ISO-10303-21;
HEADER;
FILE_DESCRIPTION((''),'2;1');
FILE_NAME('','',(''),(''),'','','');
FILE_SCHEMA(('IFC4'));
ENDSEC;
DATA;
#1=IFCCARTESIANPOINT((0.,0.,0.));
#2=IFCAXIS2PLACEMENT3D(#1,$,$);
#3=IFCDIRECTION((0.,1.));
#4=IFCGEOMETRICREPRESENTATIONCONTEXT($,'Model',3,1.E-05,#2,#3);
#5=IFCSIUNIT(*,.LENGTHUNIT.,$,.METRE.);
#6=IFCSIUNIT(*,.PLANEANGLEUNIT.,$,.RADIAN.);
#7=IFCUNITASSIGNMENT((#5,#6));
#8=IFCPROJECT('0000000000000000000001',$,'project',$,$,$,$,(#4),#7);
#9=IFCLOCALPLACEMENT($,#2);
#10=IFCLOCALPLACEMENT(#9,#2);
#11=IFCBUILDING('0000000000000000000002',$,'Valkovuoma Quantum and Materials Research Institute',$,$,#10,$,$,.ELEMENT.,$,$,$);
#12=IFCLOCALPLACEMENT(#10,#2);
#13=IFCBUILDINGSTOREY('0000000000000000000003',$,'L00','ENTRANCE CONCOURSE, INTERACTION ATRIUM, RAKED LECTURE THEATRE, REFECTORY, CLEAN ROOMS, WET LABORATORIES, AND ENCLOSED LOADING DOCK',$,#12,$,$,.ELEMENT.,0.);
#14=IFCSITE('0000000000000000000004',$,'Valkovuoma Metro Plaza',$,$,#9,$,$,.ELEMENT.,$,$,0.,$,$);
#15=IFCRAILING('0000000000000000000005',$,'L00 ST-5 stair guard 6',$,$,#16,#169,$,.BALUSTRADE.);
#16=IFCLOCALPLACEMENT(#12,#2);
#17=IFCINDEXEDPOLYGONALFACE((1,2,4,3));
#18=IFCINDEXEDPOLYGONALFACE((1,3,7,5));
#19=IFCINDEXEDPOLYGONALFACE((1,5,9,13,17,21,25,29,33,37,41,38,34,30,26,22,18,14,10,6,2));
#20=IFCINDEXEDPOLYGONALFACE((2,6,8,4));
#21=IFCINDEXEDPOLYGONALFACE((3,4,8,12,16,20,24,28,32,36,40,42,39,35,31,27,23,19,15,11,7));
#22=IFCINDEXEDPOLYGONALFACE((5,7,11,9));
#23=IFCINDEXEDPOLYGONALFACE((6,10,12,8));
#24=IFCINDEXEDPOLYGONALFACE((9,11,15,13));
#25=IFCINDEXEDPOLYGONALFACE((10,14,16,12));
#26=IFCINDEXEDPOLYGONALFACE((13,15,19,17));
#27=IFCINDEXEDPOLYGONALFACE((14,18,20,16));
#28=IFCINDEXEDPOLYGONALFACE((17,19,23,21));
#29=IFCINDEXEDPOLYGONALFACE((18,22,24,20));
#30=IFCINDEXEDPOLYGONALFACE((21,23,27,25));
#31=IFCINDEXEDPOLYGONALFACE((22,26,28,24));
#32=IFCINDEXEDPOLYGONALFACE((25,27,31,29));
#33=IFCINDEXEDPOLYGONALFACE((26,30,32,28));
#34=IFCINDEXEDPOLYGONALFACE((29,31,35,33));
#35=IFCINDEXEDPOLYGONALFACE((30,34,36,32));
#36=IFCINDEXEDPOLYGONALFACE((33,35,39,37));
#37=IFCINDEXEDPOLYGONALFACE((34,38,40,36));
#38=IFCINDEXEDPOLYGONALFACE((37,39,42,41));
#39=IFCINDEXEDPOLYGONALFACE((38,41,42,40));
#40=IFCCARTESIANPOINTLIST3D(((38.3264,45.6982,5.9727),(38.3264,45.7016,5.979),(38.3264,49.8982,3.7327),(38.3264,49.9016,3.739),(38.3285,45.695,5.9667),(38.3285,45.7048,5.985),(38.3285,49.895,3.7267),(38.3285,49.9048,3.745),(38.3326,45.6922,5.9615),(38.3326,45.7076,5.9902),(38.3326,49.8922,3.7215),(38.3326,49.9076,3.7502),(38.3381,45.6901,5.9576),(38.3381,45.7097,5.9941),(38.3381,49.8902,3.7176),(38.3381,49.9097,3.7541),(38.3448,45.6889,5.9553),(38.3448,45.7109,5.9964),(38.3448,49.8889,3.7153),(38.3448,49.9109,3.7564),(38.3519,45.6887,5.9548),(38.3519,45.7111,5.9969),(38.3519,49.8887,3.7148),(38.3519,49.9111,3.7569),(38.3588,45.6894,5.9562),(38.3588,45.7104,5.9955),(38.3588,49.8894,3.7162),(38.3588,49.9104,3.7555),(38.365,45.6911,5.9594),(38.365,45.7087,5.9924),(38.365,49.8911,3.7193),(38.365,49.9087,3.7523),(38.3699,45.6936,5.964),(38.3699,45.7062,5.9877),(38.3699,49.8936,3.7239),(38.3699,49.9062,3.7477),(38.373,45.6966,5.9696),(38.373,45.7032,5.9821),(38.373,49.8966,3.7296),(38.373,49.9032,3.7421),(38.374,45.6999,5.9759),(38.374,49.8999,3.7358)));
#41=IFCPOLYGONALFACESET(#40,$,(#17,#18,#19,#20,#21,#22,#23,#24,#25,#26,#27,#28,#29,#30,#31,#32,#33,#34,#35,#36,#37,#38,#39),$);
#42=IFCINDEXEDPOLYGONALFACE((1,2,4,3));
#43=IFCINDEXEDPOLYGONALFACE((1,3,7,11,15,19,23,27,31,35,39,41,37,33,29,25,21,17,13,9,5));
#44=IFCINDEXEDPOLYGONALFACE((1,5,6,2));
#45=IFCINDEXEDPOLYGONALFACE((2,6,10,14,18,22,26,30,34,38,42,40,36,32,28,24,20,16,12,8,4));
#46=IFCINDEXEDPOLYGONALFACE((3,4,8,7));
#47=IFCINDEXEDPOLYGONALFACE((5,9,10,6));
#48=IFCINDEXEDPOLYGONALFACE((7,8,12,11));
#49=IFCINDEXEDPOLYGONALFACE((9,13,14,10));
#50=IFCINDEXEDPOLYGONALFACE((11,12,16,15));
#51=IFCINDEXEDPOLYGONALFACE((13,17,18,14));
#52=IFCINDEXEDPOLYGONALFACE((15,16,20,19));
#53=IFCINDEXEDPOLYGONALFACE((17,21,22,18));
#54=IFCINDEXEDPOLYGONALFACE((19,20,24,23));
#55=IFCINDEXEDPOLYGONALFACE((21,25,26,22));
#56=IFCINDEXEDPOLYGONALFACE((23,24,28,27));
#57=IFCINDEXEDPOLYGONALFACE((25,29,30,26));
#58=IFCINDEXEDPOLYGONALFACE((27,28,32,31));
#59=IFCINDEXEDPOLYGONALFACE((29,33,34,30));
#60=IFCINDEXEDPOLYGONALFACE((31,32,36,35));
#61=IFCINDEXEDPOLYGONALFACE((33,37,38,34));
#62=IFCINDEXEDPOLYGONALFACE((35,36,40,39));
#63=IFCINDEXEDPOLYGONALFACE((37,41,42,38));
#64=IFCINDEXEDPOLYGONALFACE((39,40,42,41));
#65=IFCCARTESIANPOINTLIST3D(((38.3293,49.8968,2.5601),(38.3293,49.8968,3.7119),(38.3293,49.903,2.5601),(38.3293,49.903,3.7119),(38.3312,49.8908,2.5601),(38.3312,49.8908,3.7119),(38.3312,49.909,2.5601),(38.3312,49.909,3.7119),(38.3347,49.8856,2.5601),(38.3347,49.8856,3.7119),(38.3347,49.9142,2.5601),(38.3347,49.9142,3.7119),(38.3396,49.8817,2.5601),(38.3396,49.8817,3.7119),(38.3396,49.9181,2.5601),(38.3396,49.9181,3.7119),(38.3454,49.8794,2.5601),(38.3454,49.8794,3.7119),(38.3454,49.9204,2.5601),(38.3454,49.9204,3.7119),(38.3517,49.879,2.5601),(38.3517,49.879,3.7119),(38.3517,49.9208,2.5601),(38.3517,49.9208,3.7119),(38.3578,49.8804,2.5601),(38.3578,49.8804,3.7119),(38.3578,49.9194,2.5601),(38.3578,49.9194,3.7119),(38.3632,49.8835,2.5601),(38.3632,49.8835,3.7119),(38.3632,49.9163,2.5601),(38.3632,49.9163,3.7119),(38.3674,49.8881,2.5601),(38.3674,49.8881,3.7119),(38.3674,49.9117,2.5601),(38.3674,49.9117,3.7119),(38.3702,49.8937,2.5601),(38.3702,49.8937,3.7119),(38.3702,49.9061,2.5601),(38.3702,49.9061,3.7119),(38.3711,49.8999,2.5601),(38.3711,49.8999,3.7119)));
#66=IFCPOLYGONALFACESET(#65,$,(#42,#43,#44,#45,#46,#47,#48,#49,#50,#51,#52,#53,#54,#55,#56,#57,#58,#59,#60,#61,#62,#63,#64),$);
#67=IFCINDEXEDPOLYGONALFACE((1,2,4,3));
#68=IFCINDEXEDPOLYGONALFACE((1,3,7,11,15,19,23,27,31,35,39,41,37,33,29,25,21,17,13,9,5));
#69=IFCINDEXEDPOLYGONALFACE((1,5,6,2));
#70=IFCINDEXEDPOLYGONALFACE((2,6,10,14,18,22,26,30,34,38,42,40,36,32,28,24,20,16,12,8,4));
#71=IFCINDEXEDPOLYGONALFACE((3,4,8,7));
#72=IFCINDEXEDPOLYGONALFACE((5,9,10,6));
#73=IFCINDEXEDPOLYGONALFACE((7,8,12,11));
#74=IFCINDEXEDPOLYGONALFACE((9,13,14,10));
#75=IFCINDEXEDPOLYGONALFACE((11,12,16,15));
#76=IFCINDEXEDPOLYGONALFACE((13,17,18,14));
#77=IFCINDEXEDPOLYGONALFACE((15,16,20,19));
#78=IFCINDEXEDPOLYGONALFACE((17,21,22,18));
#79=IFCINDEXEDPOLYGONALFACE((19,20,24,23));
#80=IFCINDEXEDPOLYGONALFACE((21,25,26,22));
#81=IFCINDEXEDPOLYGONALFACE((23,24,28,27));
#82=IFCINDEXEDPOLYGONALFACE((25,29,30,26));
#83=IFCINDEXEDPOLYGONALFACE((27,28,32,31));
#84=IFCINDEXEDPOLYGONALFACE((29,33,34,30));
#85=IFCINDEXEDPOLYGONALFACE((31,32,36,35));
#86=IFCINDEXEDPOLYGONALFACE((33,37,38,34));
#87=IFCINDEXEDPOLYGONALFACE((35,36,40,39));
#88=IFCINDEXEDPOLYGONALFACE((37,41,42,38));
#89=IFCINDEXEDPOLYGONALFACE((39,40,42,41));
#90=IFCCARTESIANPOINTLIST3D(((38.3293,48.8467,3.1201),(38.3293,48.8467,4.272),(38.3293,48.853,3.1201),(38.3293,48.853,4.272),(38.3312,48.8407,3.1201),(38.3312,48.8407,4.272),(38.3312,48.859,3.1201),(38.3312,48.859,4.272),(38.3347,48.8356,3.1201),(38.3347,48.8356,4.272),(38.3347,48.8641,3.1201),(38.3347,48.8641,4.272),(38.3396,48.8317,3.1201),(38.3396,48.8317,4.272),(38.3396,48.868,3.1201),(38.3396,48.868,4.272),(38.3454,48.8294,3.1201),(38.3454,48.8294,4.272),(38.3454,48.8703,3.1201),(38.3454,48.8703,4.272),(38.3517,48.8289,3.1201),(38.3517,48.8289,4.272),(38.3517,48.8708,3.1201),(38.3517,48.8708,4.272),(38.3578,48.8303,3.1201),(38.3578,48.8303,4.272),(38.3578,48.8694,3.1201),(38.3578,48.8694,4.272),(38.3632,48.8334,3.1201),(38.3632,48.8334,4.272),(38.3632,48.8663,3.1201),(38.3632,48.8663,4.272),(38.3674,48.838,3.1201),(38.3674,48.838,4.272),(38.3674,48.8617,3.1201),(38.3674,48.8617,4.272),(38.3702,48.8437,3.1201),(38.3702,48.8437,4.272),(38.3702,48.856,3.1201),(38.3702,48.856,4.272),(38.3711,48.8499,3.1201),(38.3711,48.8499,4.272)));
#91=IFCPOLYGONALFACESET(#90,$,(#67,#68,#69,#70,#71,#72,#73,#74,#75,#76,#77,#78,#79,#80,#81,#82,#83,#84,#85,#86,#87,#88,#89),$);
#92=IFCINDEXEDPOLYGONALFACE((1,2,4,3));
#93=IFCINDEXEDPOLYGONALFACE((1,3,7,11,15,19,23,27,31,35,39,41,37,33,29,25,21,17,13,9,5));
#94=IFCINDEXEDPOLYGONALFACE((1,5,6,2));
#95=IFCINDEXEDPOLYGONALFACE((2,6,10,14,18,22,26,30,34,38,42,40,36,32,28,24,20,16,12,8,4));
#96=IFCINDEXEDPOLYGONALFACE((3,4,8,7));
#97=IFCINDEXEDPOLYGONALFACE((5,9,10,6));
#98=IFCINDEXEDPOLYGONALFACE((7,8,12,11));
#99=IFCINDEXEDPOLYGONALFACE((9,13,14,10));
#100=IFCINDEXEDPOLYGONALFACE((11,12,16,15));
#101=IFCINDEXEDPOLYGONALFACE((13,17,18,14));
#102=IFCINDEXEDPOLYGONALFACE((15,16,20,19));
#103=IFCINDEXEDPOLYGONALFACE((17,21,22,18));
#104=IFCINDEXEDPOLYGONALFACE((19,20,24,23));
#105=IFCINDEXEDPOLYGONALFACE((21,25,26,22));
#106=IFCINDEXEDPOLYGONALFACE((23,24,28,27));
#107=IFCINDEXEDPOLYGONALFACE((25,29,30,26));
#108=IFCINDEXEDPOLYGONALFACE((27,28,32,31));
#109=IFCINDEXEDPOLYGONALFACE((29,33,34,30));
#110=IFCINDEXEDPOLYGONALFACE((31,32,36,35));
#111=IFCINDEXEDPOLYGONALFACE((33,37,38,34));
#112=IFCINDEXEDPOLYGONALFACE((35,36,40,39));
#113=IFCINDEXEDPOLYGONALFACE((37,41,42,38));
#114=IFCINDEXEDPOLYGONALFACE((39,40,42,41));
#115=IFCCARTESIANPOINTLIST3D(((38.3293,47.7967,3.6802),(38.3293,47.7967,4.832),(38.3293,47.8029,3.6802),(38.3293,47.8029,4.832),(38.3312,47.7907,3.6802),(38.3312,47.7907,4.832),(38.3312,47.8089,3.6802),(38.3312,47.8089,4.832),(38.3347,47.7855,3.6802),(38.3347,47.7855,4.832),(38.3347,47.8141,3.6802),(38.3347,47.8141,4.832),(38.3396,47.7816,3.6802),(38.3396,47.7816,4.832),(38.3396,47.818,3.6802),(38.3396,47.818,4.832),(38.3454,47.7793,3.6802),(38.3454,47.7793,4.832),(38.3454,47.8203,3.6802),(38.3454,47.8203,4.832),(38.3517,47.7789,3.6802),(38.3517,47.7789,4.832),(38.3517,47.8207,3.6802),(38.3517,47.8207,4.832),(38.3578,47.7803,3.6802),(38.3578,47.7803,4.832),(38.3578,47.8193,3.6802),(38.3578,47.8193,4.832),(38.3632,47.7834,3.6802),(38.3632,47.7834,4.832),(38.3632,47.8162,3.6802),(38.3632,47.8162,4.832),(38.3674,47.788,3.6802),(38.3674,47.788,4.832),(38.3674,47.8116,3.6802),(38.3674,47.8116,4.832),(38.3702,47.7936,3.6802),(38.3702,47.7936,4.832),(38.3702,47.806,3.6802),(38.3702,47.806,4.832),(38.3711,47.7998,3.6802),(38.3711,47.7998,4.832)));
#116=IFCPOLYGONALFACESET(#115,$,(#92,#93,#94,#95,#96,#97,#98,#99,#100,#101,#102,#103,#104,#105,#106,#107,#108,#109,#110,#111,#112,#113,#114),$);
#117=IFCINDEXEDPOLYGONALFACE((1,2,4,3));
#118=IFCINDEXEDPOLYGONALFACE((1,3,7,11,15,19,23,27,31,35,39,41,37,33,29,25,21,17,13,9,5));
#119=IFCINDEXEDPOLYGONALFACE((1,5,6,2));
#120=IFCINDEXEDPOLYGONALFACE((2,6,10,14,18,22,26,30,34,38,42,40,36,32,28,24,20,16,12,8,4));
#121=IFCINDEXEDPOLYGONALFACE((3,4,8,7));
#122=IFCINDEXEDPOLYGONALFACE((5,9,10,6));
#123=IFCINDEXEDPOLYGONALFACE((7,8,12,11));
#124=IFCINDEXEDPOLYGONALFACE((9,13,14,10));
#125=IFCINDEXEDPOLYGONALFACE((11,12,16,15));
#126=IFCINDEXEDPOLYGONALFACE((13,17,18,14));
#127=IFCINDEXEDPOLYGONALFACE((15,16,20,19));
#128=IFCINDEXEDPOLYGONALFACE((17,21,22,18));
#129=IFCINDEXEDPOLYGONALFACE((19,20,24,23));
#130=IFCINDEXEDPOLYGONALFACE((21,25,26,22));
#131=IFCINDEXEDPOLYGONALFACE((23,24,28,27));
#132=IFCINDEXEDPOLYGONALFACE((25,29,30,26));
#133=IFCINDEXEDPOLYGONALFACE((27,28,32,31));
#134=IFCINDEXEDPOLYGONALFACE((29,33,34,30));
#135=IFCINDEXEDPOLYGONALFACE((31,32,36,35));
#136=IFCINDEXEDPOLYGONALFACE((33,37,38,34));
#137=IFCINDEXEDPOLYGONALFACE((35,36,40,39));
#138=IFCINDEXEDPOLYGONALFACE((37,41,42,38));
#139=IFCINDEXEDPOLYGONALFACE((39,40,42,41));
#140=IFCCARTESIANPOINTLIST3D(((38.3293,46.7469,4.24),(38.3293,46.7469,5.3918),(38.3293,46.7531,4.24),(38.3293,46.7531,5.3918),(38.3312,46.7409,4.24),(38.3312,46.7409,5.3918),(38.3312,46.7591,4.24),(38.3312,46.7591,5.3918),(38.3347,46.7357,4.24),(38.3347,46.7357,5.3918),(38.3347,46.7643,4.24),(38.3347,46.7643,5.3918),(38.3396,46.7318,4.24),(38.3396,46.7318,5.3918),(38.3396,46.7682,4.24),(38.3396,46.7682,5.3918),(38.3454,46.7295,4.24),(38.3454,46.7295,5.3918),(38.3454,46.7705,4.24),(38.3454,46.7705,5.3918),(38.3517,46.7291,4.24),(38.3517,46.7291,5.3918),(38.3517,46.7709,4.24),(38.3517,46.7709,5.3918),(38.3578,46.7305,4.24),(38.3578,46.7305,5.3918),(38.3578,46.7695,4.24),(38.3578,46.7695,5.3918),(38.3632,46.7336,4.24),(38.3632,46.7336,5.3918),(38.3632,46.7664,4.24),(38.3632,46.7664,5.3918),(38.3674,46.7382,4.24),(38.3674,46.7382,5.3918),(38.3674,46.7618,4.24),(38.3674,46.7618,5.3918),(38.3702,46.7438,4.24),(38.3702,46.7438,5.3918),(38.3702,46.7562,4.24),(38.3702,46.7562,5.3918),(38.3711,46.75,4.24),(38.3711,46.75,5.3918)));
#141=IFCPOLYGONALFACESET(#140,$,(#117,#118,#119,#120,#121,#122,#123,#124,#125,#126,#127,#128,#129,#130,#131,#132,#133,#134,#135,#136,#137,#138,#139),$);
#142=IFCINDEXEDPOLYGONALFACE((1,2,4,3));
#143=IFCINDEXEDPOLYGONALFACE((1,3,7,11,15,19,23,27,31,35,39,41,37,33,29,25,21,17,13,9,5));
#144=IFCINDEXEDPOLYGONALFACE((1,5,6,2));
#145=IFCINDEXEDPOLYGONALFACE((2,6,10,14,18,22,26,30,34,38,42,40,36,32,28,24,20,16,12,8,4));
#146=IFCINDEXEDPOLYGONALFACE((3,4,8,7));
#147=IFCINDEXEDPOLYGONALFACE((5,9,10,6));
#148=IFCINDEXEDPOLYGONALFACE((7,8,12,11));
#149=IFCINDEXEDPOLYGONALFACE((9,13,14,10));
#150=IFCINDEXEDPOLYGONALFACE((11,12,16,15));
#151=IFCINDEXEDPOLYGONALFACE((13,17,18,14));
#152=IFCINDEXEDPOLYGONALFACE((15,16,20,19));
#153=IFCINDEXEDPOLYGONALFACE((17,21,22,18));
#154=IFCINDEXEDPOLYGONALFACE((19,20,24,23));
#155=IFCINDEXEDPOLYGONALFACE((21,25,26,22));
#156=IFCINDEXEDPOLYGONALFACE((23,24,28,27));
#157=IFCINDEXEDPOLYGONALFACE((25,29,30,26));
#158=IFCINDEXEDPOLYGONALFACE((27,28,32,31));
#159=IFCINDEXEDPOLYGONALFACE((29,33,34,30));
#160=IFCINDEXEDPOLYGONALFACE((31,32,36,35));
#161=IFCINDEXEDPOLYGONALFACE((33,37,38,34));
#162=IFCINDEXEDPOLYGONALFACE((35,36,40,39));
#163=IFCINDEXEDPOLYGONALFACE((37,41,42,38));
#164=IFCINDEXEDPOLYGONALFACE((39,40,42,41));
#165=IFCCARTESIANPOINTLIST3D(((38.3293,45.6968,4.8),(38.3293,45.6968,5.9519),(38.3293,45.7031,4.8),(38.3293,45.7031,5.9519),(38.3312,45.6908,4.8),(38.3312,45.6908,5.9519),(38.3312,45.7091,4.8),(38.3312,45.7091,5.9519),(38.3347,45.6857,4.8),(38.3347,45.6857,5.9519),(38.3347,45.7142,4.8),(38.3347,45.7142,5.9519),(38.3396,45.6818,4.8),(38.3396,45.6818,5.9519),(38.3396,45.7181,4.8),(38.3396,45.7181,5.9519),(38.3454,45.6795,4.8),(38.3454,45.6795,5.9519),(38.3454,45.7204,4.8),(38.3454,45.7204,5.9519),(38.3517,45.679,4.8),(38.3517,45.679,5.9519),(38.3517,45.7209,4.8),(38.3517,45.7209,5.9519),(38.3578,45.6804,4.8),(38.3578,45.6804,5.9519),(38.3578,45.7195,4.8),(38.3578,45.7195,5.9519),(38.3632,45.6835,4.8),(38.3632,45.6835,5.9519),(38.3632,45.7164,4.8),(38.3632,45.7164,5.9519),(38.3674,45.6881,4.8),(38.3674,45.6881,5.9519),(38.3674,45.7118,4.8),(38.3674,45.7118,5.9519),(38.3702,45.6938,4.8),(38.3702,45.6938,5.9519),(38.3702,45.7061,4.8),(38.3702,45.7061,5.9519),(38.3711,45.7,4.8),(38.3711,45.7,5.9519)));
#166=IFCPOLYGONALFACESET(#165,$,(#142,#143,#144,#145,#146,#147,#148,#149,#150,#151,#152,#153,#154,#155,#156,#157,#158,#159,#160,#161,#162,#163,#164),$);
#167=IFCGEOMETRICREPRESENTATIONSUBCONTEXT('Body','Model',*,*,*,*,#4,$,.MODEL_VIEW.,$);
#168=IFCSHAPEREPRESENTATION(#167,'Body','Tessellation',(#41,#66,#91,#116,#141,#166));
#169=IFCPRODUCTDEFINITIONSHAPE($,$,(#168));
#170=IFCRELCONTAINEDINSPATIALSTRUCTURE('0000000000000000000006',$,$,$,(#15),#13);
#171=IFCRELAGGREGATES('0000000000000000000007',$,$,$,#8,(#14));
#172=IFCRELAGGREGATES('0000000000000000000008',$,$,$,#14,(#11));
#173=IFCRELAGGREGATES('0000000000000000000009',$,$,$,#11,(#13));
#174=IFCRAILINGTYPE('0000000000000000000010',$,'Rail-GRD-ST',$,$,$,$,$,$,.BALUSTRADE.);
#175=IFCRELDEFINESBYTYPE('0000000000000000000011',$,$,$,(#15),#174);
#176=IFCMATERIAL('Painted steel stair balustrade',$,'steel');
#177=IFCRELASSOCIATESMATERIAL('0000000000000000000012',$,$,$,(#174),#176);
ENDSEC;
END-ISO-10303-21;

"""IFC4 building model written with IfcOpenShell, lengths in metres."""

from ifc_helpers import new_model, si_unit, direction, frame, origin, origin_2d, place, context, subcontext, project, spatial, circle, extrude, material, type_object, element, save


model = new_model("IFC4")

# Units and contexts
model_context = context("Model", 3, precision=1e-05, world=origin(), true_north=direction((0.0, 1.0)))
body_context = subcontext(model_context, "Body", "Model", "MODEL_VIEW")
ifc_project = project(units=[si_unit("LENGTHUNIT", "METRE"), si_unit("PLANEANGLEUNIT", "RADIAN")], contexts=[model_context])

# Site, building, storey
site_placement = place(None, origin())
site = spatial("IfcSite", under=ifc_project, at=site_placement, Name="Valkovuoma Metro Plaza", CompositionType="ELEMENT", RefElevation=0.0)
building_placement = place(site_placement, origin())
building = spatial("IfcBuilding", under=site, at=building_placement, Name="Valkovuoma Quantum and Materials Research Institute", CompositionType="ELEMENT")
storey_placement = place(building_placement, origin())
storey = spatial("IfcBuildingStorey", under=building, at=storey_placement, Name="L00", Description="ENTRANCE CONCOURSE, INTERACTION ATRIUM, RAKED LECTURE THEATRE, REFECTORY, CLEAN ROOMS, WET LABORATORIES, AND ENCLOSED LOADING DOCK", CompositionType="ELEMENT", Elevation=0.0)

# Railing
ifc_material_1 = material(Name="Painted steel stair balustrade", Category="steel")
railing_type_1 = type_object("IfcRailingType", Name="Rail-GRD-ST", PredefinedType="BALUSTRADE", material=ifc_material_1)
railing_1_placement = place(storey_placement, frame((38.3501, 49.8999, 2.5601)))
element("IfcRailing", 1, at=railing_1_placement, inside=storey, type_object=railing_type_1, Name="L00 ST-5 stair guard 6", PredefinedType="BALUSTRADE", context=body_context, shape_type="SweptSolid", body=[
    extrude(circle(Radius=0.0239, at=origin_2d()), frame((0.0, 0.0, 1.1758), z_axis=(0.0, -0.882352, 0.470591), x_axis=(1.0, 0.0, 0.0)), (0.0, 0.0, 1.0), 4.76),
    extrude(circle(Radius=0.021, at=origin_2d()), origin(), (0.0, 0.0, 1.0), 1.1519),
    extrude(circle(Radius=0.021, at=origin_2d()), frame((0.0, -1.05, 0.5601)), (0.0, 0.0, 1.0), 1.1519),
    extrude(circle(Radius=0.021, at=origin_2d()), frame((0.0, -2.1001, 1.1201)), (0.0, 0.0, 1.0), 1.1519),
    extrude(circle(Radius=0.021, at=origin_2d()), frame((0.0, -3.1499, 1.6799)), (0.0, 0.0, 1.0), 1.1519),
    extrude(circle(Radius=0.021, at=origin_2d()), frame((0.0, -4.2, 2.24)), (0.0, 0.0, 1.0), 1.1519),
])

save(model, "model.ifc")
